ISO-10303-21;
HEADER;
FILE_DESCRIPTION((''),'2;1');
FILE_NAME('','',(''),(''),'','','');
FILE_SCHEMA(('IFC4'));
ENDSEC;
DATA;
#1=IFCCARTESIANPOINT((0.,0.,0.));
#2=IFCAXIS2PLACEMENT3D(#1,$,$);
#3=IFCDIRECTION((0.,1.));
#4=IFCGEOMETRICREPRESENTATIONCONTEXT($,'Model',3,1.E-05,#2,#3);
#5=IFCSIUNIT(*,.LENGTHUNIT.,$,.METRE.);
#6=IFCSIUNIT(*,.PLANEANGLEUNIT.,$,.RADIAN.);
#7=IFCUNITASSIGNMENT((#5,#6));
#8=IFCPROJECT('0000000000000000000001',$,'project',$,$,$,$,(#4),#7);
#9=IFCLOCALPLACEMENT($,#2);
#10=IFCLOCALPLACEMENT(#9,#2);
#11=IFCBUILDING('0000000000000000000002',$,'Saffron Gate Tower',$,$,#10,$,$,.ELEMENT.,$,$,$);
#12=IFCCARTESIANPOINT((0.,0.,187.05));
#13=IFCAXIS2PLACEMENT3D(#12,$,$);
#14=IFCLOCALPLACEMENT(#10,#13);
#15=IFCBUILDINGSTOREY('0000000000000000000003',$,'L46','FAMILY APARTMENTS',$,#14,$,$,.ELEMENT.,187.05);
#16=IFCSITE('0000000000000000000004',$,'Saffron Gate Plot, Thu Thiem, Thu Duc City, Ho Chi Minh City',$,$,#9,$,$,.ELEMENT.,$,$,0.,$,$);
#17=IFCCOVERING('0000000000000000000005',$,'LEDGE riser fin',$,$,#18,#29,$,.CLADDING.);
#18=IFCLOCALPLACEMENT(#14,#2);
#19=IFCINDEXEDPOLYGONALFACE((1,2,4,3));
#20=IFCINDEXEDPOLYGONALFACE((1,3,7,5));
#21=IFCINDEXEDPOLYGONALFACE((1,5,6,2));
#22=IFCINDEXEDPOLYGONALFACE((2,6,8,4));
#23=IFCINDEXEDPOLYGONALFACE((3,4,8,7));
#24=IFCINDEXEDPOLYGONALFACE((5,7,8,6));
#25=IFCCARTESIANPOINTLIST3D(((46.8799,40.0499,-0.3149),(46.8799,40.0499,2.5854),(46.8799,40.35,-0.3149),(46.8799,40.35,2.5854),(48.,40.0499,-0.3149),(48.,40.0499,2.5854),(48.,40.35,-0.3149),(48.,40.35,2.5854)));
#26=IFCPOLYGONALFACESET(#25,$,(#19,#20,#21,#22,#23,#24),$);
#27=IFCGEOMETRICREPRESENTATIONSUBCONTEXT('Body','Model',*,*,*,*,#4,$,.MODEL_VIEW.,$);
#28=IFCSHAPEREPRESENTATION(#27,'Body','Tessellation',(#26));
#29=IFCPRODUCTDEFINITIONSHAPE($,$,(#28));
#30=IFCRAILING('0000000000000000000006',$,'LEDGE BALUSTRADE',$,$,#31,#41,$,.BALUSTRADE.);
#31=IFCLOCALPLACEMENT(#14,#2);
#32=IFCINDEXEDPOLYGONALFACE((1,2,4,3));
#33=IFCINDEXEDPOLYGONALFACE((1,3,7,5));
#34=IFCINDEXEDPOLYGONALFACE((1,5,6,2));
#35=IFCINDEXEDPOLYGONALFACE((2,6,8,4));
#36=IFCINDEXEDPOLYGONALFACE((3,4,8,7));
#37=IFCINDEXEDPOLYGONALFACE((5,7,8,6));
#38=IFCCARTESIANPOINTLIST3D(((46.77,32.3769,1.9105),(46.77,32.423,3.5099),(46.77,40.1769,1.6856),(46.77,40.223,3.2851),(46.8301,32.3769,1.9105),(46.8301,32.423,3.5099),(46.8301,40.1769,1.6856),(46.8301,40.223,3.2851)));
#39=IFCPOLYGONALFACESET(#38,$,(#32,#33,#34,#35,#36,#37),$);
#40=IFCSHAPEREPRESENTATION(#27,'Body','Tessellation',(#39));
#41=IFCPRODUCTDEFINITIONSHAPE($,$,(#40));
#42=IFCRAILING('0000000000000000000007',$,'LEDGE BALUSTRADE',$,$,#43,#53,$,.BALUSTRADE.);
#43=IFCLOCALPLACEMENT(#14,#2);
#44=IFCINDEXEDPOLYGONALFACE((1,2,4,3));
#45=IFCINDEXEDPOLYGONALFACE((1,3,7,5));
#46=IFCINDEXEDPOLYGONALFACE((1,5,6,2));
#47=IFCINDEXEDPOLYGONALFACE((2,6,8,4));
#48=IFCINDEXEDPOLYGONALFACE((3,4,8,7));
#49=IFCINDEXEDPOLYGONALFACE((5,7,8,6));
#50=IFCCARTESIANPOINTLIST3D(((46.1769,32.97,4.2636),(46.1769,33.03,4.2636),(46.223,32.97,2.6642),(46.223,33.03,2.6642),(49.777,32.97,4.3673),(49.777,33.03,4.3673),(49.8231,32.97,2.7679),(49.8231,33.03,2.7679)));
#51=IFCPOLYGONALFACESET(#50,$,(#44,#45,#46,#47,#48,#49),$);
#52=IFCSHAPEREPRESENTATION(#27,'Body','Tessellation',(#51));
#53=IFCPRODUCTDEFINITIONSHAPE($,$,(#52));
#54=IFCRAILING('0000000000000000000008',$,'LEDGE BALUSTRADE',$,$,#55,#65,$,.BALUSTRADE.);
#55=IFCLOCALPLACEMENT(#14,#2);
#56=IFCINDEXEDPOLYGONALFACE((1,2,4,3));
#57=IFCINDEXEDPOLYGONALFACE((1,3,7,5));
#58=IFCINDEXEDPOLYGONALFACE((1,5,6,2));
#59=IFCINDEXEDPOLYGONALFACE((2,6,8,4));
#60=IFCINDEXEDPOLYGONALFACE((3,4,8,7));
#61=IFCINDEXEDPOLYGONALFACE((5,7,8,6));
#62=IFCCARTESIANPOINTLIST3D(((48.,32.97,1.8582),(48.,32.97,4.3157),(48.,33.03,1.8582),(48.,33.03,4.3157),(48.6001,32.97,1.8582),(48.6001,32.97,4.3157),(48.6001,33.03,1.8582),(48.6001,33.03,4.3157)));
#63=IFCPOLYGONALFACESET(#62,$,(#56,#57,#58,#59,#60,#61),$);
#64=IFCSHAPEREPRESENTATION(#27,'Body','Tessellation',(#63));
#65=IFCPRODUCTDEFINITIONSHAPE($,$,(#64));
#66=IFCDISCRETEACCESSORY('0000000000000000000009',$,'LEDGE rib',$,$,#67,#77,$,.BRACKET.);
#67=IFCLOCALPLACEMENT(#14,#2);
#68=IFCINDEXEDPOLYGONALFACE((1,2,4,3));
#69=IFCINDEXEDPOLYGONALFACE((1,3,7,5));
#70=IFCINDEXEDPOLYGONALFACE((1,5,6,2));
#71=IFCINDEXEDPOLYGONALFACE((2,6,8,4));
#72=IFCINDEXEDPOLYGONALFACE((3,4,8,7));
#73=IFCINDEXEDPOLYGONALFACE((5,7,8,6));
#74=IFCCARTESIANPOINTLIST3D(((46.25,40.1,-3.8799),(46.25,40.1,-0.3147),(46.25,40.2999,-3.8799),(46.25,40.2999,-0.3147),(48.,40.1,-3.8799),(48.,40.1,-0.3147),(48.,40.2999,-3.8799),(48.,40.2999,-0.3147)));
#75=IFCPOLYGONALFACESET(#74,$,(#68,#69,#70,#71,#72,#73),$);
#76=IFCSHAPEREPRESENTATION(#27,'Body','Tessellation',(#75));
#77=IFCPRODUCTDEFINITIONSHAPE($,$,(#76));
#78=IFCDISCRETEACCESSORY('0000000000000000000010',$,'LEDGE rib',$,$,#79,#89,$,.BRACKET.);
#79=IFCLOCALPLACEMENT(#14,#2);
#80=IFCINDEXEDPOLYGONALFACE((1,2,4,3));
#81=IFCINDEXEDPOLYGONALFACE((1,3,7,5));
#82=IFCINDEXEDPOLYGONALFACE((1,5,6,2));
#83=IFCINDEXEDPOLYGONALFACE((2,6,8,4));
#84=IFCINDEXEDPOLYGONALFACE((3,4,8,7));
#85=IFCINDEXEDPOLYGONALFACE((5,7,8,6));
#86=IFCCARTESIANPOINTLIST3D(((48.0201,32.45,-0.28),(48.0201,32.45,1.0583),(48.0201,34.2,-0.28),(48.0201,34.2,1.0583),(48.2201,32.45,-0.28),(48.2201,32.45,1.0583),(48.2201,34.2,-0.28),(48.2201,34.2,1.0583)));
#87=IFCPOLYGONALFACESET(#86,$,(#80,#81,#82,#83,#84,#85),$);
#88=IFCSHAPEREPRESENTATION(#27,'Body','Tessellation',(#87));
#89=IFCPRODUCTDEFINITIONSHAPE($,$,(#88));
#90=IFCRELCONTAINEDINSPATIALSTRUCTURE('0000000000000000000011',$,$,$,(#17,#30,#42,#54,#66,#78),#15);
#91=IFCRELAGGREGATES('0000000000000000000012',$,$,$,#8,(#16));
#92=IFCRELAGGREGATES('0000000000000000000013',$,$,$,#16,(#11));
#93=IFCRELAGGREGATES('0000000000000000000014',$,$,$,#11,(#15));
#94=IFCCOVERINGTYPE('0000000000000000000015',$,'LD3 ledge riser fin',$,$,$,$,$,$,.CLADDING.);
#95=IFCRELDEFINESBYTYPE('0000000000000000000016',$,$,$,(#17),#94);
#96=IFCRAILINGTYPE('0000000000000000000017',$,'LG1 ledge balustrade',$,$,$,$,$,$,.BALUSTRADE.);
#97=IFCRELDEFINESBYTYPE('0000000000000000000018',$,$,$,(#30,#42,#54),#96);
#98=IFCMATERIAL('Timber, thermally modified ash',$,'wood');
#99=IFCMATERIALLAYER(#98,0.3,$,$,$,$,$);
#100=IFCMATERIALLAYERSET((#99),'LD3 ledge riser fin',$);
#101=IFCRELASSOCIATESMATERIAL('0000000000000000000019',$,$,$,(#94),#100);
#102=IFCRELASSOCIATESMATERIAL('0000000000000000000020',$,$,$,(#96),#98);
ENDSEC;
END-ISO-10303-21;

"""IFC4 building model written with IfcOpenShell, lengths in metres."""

from ifc_helpers import new_model, si_unit, direction, frame, origin, origin_2d, place, context, subcontext, project, spatial, rectangle, extrude, material, layer, layer_set, type_object, element, save


model = new_model("IFC4")

# Units and contexts
model_context = context("Model", 3, precision=1e-05, world=origin(), true_north=direction((0.0, 1.0)))
body_context = subcontext(model_context, "Body", "Model", "MODEL_VIEW")
ifc_project = project(units=[si_unit("LENGTHUNIT", "METRE"), si_unit("PLANEANGLEUNIT", "RADIAN")], contexts=[model_context])

# Site, building, storey
site_placement = place(None, origin())
site = spatial("IfcSite", under=ifc_project, at=site_placement, Name="Saffron Gate Plot, Thu Thiem, Thu Duc City, Ho Chi Minh City", CompositionType="ELEMENT", RefElevation=0.0)
building_placement = place(site_placement, origin())
building = spatial("IfcBuilding", under=site, at=building_placement, Name="Saffron Gate Tower", CompositionType="ELEMENT")
storey_placement = place(building_placement, frame((0.0, 0.0, 187.05)))
storey = spatial("IfcBuildingStorey", under=building, at=storey_placement, Name="L46", Description="FAMILY APARTMENTS", CompositionType="ELEMENT", Elevation=187.05)

# Covering
ifc_material_1 = material(Name="Timber, thermally modified ash", Category="wood")
ifc_layer_1 = layer(ifc_material_1, 0.3)
ifc_layer_set_1 = layer_set([ifc_layer_1], Name="LD3 ledge riser fin")
covering_type_1 = type_object("IfcCoveringType", Name="LD3 ledge riser fin", PredefinedType="CLADDING", material=ifc_layer_set_1)
covering_1_placement = place(storey_placement, frame((47.4399, 40.2, -0.3149), z_axis=(0.0, 0.0, 1.0), x_axis=(0.0, -1.0, 0.0)))
element("IfcCovering", 1, at=covering_1_placement, inside=storey, type_object=covering_type_1, Name="LEDGE riser fin", PredefinedType="CLADDING", context=body_context, shape_type="SweptSolid", body=[
    extrude(rectangle(XDim=0.3, YDim=1.1201, at=origin_2d()), origin(), (0.0, 0.0, 1.0), 2.9004),
])

# Railings
railing_type = type_object("IfcRailingType", Name="LG1 ledge balustrade", PredefinedType="BALUSTRADE", material=ifc_material_1)
railing_1_placement = place(storey_placement, frame((46.8, 40.2, 1.6853)))
element("IfcRailing", 2, at=railing_1_placement, inside=storey, type_object=railing_type, Name="LEDGE BALUSTRADE", PredefinedType="BALUSTRADE", context=body_context, shape_type="SweptSolid", body=[
    extrude(rectangle(XDim=0.0601, YDim=1.6001, at=origin_2d()), frame((0.0, 0.0, 0.8), z_axis=(0.0, -0.999585, 0.028815), x_axis=(1.0, 0.0, 0.0)), (0.0, 0.0, 1.0), 7.8032),
])
railing_2_placement = place(storey_placement, frame((46.2, 33.0, 2.6638)))
element("IfcRailing", 3, at=railing_2_placement, inside=storey, type_object=railing_type, Name="LEDGE BALUSTRADE", PredefinedType="BALUSTRADE", context=body_context, shape_type="SweptSolid", body=[
    extrude(rectangle(XDim=0.0601, YDim=1.6001, at=origin_2d()), frame((0.0, 0.0, 0.8), z_axis=(0.999585, 0.0, 0.028809), x_axis=(0.0, 1.0, 0.0)), (0.0, 0.0, 1.0), 3.6016),
])
railing_3_placement = place(storey_placement, frame((48.0, 33.0, 1.8582)))
element("IfcRailing", 4, at=railing_3_placement, inside=storey, type_object=railing_type, Name="LEDGE BALUSTRADE", PredefinedType="BALUSTRADE", context=body_context, shape_type="SweptSolid", body=[
    extrude(rectangle(XDim=0.0601, YDim=2.4575, at=origin_2d()), frame((0.0, 0.0, 1.2288), z_axis=(1.0, 0.0, 0.0), x_axis=(0.0, 1.0, 0.0)), (0.0, 0.0, 1.0), 0.6001),
])

# Discrete accessories
discrete_accessory_1_placement = place(storey_placement, frame((47.125, 40.2, -3.8799), z_axis=(0.0, 0.0, 1.0), x_axis=(0.0, -1.0, 0.0)))
element("IfcDiscreteAccessory", 5, at=discrete_accessory_1_placement, inside=storey, Name="LEDGE rib", PredefinedType="BRACKET", context=body_context, shape_type="SweptSolid", body=[
    extrude(rectangle(XDim=0.2, YDim=1.75, at=origin_2d()), origin(), (0.0, 0.0, 1.0), 3.5652),
])
discrete_accessory_2_placement = place(storey_placement, frame((48.1201, 33.325, -0.28), z_axis=(0.0, 0.0, 1.0), x_axis=(1.0, 0.0, 0.0)))
element("IfcDiscreteAccessory", 6, at=discrete_accessory_2_placement, inside=storey, Name="LEDGE rib", PredefinedType="BRACKET", context=body_context, shape_type="SweptSolid", body=[
    extrude(rectangle(XDim=0.2, YDim=1.75, at=origin_2d()), origin(), (0.0, 0.0, 1.0), 1.3384),
])

save(model, "model.ifc")
